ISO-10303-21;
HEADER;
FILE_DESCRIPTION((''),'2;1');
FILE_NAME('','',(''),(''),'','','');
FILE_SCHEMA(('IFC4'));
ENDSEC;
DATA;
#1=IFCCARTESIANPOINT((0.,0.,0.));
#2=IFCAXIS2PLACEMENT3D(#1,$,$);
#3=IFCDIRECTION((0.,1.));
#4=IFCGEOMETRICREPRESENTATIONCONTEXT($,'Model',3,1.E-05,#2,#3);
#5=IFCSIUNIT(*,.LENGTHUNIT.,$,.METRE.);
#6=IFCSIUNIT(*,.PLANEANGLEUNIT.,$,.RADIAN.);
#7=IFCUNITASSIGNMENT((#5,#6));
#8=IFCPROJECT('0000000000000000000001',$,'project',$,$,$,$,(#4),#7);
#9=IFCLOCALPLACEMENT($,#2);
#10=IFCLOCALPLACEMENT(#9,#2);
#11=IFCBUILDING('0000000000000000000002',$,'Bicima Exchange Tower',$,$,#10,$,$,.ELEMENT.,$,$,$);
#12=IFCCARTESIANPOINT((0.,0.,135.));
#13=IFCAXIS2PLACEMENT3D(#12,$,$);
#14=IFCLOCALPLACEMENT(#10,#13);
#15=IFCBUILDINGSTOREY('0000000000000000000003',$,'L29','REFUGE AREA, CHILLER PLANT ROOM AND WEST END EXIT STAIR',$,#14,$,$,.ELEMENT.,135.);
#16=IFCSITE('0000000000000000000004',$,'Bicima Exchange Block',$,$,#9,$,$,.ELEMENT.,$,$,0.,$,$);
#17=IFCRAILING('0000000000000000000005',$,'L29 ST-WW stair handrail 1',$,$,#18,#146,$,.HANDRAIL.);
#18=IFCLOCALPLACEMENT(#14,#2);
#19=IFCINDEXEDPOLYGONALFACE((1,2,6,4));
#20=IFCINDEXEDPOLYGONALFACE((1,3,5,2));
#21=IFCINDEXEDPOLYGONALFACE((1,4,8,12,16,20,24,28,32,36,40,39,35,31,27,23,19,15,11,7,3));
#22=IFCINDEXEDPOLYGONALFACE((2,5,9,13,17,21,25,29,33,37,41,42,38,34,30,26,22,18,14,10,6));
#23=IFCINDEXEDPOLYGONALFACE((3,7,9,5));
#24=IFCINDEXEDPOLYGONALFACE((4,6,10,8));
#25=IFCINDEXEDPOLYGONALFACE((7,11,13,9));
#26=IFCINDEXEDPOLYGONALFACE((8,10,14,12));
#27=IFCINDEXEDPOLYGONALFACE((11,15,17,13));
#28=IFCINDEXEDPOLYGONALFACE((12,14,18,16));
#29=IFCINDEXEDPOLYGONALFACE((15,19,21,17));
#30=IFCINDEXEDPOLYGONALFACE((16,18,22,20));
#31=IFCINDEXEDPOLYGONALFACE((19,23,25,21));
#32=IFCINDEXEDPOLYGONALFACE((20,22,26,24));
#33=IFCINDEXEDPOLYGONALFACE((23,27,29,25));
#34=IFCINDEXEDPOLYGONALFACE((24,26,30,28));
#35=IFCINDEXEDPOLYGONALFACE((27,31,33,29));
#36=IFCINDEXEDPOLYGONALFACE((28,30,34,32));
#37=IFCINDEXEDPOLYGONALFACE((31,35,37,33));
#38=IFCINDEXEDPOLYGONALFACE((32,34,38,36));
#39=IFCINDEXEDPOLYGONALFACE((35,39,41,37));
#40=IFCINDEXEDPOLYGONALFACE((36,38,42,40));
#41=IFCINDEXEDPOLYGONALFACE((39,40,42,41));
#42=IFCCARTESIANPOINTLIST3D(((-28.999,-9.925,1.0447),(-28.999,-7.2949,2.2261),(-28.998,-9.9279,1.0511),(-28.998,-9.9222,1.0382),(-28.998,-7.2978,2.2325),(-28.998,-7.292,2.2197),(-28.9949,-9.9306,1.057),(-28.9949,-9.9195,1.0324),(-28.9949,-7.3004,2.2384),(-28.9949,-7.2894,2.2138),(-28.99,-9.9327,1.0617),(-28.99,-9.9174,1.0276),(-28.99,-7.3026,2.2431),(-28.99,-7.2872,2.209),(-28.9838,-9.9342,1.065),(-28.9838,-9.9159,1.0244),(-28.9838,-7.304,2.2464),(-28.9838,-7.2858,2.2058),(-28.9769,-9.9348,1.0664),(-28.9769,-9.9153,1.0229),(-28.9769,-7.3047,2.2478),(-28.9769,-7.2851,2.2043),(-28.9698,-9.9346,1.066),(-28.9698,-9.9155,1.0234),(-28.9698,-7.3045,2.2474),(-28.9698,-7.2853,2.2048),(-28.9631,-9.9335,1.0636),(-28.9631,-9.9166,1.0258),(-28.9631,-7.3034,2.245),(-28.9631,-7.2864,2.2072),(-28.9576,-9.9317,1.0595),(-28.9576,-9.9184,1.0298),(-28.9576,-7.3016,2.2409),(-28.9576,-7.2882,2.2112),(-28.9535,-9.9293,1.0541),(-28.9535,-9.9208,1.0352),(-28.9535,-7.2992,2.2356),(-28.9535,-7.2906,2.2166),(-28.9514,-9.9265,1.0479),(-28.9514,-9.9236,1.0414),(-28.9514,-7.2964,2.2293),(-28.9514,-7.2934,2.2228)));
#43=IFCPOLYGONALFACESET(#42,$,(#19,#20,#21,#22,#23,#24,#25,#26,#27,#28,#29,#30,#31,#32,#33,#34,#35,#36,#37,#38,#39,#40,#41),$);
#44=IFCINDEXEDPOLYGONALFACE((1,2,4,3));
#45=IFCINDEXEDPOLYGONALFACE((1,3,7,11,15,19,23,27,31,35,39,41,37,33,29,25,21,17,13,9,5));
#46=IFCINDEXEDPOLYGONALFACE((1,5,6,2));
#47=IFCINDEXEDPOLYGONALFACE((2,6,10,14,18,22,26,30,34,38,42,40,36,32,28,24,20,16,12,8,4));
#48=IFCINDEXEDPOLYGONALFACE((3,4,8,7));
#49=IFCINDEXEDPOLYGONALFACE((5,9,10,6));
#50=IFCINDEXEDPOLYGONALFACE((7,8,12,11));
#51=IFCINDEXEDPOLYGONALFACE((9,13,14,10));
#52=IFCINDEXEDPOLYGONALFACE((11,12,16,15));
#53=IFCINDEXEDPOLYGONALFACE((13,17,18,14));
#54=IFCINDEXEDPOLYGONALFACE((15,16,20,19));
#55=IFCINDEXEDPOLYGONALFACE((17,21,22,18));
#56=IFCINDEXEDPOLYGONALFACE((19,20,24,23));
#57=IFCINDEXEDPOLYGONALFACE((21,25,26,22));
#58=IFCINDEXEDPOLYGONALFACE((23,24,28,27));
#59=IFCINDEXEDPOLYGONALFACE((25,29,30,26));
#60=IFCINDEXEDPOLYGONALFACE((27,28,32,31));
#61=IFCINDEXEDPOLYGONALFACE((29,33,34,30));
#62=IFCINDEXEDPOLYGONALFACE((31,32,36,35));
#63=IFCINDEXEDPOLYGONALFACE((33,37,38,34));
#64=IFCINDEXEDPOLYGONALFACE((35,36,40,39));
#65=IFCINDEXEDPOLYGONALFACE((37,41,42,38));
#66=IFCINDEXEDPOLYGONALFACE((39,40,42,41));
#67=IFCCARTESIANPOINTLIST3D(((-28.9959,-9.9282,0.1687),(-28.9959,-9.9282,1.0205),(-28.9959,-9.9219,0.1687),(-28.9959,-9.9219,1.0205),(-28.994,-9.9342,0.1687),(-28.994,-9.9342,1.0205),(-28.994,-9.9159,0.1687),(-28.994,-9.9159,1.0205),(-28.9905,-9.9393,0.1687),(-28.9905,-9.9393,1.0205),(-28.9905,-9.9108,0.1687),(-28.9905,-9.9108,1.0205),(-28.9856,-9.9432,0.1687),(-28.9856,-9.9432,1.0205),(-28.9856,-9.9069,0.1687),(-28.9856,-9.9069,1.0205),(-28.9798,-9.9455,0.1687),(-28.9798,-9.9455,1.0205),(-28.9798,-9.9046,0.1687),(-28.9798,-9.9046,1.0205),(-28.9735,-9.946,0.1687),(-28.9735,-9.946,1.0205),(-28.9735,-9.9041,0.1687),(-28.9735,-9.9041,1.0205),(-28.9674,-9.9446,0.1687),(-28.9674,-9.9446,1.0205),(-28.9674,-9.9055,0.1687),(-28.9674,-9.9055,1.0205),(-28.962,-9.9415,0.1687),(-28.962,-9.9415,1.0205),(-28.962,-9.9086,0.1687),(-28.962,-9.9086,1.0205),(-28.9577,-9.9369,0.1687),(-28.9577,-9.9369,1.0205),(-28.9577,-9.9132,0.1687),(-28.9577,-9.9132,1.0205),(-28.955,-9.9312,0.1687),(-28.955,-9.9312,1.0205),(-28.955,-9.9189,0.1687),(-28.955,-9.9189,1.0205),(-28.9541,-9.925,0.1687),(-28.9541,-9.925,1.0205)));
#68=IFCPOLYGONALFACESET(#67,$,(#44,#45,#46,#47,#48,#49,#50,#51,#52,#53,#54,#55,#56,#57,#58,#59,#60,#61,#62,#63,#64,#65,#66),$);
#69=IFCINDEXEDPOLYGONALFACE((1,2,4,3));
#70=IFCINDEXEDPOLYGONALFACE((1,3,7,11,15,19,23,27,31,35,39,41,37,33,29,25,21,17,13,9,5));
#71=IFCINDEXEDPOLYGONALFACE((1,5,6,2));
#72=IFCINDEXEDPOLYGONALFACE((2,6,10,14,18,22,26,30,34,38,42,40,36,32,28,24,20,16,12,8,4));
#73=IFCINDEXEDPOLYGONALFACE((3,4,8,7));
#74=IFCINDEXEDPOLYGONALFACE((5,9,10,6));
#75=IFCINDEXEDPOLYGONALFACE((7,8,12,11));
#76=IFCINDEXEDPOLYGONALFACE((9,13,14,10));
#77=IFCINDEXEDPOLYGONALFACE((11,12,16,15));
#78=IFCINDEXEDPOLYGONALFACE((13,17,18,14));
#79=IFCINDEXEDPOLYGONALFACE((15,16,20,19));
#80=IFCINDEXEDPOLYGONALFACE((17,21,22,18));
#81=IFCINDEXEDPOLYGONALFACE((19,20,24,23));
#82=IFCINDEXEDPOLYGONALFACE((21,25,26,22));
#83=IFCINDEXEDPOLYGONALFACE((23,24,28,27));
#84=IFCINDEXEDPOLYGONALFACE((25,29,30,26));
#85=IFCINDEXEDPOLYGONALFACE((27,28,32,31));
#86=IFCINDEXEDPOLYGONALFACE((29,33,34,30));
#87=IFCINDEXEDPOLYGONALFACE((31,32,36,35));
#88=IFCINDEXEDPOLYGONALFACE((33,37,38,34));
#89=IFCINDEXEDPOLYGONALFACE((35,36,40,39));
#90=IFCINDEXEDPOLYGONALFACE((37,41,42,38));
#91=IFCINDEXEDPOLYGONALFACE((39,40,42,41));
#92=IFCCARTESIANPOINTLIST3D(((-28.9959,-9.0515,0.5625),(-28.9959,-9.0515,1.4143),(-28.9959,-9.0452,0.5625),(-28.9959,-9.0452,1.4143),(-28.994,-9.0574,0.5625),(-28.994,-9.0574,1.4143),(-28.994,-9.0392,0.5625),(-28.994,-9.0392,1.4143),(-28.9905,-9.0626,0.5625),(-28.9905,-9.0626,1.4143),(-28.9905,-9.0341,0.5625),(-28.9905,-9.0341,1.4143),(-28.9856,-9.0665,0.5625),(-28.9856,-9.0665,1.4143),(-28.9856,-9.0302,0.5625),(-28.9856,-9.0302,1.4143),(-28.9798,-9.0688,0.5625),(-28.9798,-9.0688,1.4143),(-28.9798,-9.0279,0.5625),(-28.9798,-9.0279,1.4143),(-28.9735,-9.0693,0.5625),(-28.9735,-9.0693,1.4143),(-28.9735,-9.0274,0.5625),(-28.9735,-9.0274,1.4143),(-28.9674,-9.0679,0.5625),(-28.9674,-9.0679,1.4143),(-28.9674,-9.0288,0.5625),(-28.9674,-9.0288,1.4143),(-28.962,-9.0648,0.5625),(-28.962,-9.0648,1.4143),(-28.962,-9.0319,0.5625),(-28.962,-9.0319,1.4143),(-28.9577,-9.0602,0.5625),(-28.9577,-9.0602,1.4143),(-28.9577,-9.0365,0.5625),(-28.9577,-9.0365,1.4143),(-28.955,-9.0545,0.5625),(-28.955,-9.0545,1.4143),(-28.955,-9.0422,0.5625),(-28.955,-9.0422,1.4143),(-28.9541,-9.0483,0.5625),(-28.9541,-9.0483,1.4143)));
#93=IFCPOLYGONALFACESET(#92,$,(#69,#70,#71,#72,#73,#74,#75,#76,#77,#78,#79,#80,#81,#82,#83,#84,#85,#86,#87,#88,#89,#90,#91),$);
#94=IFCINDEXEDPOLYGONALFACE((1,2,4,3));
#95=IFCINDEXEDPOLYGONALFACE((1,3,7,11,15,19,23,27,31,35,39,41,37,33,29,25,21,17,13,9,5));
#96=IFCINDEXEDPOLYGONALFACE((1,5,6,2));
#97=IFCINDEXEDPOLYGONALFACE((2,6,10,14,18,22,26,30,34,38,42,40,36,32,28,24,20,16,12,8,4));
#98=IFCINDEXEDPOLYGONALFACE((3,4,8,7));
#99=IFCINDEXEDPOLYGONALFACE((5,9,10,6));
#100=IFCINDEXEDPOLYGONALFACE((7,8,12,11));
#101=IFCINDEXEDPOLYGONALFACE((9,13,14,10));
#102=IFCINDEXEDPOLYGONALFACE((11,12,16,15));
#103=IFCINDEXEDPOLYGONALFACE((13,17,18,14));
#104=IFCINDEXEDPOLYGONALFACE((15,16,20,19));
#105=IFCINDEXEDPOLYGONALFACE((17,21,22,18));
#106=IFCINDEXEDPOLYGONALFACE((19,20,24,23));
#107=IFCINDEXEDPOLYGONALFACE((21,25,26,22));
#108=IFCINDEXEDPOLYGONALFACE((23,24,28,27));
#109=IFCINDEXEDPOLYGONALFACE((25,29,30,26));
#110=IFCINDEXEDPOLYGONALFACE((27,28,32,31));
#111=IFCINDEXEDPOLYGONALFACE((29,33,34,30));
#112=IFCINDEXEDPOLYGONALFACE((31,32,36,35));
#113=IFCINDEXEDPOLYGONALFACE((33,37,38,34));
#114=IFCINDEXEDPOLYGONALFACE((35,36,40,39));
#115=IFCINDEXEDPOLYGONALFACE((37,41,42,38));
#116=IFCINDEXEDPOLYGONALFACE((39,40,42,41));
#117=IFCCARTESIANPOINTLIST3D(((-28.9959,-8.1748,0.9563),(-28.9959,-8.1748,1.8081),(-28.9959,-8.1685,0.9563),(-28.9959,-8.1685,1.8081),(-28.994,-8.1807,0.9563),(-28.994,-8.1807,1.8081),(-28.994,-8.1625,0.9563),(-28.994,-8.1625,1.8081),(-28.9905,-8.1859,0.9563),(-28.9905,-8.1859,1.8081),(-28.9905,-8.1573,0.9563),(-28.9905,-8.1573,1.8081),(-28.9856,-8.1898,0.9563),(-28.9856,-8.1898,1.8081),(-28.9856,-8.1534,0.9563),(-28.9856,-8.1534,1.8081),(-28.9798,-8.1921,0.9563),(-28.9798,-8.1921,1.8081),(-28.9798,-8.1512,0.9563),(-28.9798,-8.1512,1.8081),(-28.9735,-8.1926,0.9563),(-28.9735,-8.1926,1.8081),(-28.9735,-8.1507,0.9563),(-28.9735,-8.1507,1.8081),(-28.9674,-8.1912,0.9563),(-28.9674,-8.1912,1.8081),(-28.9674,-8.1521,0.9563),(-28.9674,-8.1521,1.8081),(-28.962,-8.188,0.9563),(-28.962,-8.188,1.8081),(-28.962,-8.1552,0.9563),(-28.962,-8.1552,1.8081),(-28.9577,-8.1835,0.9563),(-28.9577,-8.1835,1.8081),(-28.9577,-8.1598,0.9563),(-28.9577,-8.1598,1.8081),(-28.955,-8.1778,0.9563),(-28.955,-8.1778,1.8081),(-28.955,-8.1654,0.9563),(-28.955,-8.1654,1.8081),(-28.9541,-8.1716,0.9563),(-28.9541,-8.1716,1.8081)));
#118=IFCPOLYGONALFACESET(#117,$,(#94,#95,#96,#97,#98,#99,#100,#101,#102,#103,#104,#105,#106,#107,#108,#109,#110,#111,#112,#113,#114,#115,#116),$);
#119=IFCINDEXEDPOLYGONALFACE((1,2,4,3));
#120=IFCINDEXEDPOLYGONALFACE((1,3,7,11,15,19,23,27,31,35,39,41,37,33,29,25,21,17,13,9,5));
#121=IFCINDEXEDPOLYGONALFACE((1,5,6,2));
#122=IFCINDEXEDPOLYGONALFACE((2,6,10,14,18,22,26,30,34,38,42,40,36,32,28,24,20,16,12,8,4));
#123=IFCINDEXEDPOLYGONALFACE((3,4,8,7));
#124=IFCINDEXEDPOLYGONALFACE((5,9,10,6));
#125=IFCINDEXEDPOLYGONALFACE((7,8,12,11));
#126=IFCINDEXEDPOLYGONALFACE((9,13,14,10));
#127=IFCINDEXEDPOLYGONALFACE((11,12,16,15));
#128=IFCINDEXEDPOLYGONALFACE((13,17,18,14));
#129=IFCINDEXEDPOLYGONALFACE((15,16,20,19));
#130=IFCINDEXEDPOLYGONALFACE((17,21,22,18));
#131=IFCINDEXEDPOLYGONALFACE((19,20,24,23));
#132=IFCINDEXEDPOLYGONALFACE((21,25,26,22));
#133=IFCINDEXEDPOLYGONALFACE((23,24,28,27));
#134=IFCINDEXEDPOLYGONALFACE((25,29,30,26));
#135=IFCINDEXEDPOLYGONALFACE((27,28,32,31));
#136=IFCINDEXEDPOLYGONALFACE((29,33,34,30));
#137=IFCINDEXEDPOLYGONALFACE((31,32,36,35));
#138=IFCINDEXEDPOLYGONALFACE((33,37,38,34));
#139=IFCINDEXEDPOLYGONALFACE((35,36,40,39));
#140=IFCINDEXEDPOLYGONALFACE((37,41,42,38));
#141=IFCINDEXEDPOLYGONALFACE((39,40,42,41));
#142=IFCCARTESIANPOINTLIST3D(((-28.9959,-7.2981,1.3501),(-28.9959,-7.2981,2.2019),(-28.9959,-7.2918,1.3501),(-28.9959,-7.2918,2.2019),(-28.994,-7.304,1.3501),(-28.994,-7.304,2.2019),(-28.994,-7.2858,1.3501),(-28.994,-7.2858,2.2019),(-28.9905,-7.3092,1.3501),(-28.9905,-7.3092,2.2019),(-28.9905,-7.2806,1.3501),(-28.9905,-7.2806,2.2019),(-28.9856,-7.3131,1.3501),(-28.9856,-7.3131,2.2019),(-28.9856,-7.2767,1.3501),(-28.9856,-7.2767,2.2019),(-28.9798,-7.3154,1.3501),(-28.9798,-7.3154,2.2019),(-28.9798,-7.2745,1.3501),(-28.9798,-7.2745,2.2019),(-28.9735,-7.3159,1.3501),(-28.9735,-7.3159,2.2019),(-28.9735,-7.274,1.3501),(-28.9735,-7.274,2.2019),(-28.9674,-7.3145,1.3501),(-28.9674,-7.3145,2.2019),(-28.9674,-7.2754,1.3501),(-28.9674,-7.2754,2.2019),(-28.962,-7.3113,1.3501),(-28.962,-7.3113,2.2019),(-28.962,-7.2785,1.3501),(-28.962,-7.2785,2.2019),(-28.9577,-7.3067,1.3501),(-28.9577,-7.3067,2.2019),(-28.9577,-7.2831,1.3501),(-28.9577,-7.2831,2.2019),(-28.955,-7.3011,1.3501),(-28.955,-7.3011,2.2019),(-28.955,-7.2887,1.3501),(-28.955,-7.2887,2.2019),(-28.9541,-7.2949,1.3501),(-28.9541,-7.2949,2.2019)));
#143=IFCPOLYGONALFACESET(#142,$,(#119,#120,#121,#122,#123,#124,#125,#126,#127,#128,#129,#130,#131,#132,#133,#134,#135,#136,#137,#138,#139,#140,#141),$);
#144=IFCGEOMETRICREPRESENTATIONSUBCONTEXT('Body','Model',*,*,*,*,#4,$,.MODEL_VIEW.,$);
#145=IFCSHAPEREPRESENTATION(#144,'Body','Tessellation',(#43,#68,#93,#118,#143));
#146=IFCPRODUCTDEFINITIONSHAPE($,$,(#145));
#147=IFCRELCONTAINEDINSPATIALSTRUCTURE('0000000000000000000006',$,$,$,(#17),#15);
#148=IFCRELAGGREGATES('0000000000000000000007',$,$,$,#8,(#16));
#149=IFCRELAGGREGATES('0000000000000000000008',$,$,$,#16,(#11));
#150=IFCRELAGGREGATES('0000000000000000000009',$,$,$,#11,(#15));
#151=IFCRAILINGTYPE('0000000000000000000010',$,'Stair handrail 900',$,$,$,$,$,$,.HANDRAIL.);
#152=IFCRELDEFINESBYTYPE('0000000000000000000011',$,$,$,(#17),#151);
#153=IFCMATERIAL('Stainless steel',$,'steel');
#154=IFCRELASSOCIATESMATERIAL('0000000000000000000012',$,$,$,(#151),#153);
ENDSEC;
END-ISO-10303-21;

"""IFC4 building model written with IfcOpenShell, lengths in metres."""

from ifc_helpers import new_model, si_unit, direction, frame, origin, origin_2d, place, context, subcontext, project, spatial, circle, extrude, material, type_object, element, save


model = new_model("IFC4")

# Units and contexts
model_context = context("Model", 3, precision=1e-05, world=origin(), true_north=direction((0.0, 1.0)))
body_context = subcontext(model_context, "Body", "Model", "MODEL_VIEW")
ifc_project = project(units=[si_unit("LENGTHUNIT", "METRE"), si_unit("PLANEANGLEUNIT", "RADIAN")], contexts=[model_context])

# Site, building, storey
site_placement = place(None, origin())
site = spatial("IfcSite", under=ifc_project, at=site_placement, Name="Bicima Exchange Block", CompositionType="ELEMENT", RefElevation=0.0)
building_placement = place(site_placement, origin())
building = spatial("IfcBuilding", under=site, at=building_placement, Name="Bicima Exchange Tower", CompositionType="ELEMENT")
storey_placement = place(building_placement, frame((0.0, 0.0, 135.0)))
storey = spatial("IfcBuildingStorey", under=building, at=storey_placement, Name="L29", Description="REFUGE AREA, CHILLER PLANT ROOM AND WEST END EXIT STAIR", CompositionType="ELEMENT", Elevation=135.0)

# Railing
ifc_material_1 = material(Name="Stainless steel", Category="steel")
railing_type_1 = type_object("IfcRailingType", Name="Stair handrail 900", PredefinedType="HANDRAIL", material=ifc_material_1)
railing_1_placement = place(storey_placement, frame((-28.9751, -9.925, 0.1687)))
element("IfcRailing", 1, at=railing_1_placement, inside=storey, type_object=railing_type_1, Name="L29 ST-WW stair handrail 1", PredefinedType="HANDRAIL", context=body_context, shape_type="SweptSolid", body=[
    extrude(circle(Radius=0.0239, at=origin_2d()), frame((0.0, 0.0, 0.876), z_axis=(0.0, 0.912202, 0.409741), x_axis=(-1.0, 0.0, 0.0)), (0.0, 0.0, 1.0), 2.8833),
    extrude(circle(Radius=0.021, at=origin_2d()), origin(), (0.0, 0.0, 1.0), 0.8518),
    extrude(circle(Radius=0.021, at=origin_2d()), frame((0.0, 0.8767, 0.3938)), (0.0, 0.0, 1.0), 0.8518),
    extrude(circle(Radius=0.021, at=origin_2d()), frame((0.0, 1.7534, 0.7876)), (0.0, 0.0, 1.0), 0.8518),
    extrude(circle(Radius=0.021, at=origin_2d()), frame((0.0, 2.6301, 1.1814)), (0.0, 0.0, 1.0), 0.8518),
])

save(model, "model.ifc")
